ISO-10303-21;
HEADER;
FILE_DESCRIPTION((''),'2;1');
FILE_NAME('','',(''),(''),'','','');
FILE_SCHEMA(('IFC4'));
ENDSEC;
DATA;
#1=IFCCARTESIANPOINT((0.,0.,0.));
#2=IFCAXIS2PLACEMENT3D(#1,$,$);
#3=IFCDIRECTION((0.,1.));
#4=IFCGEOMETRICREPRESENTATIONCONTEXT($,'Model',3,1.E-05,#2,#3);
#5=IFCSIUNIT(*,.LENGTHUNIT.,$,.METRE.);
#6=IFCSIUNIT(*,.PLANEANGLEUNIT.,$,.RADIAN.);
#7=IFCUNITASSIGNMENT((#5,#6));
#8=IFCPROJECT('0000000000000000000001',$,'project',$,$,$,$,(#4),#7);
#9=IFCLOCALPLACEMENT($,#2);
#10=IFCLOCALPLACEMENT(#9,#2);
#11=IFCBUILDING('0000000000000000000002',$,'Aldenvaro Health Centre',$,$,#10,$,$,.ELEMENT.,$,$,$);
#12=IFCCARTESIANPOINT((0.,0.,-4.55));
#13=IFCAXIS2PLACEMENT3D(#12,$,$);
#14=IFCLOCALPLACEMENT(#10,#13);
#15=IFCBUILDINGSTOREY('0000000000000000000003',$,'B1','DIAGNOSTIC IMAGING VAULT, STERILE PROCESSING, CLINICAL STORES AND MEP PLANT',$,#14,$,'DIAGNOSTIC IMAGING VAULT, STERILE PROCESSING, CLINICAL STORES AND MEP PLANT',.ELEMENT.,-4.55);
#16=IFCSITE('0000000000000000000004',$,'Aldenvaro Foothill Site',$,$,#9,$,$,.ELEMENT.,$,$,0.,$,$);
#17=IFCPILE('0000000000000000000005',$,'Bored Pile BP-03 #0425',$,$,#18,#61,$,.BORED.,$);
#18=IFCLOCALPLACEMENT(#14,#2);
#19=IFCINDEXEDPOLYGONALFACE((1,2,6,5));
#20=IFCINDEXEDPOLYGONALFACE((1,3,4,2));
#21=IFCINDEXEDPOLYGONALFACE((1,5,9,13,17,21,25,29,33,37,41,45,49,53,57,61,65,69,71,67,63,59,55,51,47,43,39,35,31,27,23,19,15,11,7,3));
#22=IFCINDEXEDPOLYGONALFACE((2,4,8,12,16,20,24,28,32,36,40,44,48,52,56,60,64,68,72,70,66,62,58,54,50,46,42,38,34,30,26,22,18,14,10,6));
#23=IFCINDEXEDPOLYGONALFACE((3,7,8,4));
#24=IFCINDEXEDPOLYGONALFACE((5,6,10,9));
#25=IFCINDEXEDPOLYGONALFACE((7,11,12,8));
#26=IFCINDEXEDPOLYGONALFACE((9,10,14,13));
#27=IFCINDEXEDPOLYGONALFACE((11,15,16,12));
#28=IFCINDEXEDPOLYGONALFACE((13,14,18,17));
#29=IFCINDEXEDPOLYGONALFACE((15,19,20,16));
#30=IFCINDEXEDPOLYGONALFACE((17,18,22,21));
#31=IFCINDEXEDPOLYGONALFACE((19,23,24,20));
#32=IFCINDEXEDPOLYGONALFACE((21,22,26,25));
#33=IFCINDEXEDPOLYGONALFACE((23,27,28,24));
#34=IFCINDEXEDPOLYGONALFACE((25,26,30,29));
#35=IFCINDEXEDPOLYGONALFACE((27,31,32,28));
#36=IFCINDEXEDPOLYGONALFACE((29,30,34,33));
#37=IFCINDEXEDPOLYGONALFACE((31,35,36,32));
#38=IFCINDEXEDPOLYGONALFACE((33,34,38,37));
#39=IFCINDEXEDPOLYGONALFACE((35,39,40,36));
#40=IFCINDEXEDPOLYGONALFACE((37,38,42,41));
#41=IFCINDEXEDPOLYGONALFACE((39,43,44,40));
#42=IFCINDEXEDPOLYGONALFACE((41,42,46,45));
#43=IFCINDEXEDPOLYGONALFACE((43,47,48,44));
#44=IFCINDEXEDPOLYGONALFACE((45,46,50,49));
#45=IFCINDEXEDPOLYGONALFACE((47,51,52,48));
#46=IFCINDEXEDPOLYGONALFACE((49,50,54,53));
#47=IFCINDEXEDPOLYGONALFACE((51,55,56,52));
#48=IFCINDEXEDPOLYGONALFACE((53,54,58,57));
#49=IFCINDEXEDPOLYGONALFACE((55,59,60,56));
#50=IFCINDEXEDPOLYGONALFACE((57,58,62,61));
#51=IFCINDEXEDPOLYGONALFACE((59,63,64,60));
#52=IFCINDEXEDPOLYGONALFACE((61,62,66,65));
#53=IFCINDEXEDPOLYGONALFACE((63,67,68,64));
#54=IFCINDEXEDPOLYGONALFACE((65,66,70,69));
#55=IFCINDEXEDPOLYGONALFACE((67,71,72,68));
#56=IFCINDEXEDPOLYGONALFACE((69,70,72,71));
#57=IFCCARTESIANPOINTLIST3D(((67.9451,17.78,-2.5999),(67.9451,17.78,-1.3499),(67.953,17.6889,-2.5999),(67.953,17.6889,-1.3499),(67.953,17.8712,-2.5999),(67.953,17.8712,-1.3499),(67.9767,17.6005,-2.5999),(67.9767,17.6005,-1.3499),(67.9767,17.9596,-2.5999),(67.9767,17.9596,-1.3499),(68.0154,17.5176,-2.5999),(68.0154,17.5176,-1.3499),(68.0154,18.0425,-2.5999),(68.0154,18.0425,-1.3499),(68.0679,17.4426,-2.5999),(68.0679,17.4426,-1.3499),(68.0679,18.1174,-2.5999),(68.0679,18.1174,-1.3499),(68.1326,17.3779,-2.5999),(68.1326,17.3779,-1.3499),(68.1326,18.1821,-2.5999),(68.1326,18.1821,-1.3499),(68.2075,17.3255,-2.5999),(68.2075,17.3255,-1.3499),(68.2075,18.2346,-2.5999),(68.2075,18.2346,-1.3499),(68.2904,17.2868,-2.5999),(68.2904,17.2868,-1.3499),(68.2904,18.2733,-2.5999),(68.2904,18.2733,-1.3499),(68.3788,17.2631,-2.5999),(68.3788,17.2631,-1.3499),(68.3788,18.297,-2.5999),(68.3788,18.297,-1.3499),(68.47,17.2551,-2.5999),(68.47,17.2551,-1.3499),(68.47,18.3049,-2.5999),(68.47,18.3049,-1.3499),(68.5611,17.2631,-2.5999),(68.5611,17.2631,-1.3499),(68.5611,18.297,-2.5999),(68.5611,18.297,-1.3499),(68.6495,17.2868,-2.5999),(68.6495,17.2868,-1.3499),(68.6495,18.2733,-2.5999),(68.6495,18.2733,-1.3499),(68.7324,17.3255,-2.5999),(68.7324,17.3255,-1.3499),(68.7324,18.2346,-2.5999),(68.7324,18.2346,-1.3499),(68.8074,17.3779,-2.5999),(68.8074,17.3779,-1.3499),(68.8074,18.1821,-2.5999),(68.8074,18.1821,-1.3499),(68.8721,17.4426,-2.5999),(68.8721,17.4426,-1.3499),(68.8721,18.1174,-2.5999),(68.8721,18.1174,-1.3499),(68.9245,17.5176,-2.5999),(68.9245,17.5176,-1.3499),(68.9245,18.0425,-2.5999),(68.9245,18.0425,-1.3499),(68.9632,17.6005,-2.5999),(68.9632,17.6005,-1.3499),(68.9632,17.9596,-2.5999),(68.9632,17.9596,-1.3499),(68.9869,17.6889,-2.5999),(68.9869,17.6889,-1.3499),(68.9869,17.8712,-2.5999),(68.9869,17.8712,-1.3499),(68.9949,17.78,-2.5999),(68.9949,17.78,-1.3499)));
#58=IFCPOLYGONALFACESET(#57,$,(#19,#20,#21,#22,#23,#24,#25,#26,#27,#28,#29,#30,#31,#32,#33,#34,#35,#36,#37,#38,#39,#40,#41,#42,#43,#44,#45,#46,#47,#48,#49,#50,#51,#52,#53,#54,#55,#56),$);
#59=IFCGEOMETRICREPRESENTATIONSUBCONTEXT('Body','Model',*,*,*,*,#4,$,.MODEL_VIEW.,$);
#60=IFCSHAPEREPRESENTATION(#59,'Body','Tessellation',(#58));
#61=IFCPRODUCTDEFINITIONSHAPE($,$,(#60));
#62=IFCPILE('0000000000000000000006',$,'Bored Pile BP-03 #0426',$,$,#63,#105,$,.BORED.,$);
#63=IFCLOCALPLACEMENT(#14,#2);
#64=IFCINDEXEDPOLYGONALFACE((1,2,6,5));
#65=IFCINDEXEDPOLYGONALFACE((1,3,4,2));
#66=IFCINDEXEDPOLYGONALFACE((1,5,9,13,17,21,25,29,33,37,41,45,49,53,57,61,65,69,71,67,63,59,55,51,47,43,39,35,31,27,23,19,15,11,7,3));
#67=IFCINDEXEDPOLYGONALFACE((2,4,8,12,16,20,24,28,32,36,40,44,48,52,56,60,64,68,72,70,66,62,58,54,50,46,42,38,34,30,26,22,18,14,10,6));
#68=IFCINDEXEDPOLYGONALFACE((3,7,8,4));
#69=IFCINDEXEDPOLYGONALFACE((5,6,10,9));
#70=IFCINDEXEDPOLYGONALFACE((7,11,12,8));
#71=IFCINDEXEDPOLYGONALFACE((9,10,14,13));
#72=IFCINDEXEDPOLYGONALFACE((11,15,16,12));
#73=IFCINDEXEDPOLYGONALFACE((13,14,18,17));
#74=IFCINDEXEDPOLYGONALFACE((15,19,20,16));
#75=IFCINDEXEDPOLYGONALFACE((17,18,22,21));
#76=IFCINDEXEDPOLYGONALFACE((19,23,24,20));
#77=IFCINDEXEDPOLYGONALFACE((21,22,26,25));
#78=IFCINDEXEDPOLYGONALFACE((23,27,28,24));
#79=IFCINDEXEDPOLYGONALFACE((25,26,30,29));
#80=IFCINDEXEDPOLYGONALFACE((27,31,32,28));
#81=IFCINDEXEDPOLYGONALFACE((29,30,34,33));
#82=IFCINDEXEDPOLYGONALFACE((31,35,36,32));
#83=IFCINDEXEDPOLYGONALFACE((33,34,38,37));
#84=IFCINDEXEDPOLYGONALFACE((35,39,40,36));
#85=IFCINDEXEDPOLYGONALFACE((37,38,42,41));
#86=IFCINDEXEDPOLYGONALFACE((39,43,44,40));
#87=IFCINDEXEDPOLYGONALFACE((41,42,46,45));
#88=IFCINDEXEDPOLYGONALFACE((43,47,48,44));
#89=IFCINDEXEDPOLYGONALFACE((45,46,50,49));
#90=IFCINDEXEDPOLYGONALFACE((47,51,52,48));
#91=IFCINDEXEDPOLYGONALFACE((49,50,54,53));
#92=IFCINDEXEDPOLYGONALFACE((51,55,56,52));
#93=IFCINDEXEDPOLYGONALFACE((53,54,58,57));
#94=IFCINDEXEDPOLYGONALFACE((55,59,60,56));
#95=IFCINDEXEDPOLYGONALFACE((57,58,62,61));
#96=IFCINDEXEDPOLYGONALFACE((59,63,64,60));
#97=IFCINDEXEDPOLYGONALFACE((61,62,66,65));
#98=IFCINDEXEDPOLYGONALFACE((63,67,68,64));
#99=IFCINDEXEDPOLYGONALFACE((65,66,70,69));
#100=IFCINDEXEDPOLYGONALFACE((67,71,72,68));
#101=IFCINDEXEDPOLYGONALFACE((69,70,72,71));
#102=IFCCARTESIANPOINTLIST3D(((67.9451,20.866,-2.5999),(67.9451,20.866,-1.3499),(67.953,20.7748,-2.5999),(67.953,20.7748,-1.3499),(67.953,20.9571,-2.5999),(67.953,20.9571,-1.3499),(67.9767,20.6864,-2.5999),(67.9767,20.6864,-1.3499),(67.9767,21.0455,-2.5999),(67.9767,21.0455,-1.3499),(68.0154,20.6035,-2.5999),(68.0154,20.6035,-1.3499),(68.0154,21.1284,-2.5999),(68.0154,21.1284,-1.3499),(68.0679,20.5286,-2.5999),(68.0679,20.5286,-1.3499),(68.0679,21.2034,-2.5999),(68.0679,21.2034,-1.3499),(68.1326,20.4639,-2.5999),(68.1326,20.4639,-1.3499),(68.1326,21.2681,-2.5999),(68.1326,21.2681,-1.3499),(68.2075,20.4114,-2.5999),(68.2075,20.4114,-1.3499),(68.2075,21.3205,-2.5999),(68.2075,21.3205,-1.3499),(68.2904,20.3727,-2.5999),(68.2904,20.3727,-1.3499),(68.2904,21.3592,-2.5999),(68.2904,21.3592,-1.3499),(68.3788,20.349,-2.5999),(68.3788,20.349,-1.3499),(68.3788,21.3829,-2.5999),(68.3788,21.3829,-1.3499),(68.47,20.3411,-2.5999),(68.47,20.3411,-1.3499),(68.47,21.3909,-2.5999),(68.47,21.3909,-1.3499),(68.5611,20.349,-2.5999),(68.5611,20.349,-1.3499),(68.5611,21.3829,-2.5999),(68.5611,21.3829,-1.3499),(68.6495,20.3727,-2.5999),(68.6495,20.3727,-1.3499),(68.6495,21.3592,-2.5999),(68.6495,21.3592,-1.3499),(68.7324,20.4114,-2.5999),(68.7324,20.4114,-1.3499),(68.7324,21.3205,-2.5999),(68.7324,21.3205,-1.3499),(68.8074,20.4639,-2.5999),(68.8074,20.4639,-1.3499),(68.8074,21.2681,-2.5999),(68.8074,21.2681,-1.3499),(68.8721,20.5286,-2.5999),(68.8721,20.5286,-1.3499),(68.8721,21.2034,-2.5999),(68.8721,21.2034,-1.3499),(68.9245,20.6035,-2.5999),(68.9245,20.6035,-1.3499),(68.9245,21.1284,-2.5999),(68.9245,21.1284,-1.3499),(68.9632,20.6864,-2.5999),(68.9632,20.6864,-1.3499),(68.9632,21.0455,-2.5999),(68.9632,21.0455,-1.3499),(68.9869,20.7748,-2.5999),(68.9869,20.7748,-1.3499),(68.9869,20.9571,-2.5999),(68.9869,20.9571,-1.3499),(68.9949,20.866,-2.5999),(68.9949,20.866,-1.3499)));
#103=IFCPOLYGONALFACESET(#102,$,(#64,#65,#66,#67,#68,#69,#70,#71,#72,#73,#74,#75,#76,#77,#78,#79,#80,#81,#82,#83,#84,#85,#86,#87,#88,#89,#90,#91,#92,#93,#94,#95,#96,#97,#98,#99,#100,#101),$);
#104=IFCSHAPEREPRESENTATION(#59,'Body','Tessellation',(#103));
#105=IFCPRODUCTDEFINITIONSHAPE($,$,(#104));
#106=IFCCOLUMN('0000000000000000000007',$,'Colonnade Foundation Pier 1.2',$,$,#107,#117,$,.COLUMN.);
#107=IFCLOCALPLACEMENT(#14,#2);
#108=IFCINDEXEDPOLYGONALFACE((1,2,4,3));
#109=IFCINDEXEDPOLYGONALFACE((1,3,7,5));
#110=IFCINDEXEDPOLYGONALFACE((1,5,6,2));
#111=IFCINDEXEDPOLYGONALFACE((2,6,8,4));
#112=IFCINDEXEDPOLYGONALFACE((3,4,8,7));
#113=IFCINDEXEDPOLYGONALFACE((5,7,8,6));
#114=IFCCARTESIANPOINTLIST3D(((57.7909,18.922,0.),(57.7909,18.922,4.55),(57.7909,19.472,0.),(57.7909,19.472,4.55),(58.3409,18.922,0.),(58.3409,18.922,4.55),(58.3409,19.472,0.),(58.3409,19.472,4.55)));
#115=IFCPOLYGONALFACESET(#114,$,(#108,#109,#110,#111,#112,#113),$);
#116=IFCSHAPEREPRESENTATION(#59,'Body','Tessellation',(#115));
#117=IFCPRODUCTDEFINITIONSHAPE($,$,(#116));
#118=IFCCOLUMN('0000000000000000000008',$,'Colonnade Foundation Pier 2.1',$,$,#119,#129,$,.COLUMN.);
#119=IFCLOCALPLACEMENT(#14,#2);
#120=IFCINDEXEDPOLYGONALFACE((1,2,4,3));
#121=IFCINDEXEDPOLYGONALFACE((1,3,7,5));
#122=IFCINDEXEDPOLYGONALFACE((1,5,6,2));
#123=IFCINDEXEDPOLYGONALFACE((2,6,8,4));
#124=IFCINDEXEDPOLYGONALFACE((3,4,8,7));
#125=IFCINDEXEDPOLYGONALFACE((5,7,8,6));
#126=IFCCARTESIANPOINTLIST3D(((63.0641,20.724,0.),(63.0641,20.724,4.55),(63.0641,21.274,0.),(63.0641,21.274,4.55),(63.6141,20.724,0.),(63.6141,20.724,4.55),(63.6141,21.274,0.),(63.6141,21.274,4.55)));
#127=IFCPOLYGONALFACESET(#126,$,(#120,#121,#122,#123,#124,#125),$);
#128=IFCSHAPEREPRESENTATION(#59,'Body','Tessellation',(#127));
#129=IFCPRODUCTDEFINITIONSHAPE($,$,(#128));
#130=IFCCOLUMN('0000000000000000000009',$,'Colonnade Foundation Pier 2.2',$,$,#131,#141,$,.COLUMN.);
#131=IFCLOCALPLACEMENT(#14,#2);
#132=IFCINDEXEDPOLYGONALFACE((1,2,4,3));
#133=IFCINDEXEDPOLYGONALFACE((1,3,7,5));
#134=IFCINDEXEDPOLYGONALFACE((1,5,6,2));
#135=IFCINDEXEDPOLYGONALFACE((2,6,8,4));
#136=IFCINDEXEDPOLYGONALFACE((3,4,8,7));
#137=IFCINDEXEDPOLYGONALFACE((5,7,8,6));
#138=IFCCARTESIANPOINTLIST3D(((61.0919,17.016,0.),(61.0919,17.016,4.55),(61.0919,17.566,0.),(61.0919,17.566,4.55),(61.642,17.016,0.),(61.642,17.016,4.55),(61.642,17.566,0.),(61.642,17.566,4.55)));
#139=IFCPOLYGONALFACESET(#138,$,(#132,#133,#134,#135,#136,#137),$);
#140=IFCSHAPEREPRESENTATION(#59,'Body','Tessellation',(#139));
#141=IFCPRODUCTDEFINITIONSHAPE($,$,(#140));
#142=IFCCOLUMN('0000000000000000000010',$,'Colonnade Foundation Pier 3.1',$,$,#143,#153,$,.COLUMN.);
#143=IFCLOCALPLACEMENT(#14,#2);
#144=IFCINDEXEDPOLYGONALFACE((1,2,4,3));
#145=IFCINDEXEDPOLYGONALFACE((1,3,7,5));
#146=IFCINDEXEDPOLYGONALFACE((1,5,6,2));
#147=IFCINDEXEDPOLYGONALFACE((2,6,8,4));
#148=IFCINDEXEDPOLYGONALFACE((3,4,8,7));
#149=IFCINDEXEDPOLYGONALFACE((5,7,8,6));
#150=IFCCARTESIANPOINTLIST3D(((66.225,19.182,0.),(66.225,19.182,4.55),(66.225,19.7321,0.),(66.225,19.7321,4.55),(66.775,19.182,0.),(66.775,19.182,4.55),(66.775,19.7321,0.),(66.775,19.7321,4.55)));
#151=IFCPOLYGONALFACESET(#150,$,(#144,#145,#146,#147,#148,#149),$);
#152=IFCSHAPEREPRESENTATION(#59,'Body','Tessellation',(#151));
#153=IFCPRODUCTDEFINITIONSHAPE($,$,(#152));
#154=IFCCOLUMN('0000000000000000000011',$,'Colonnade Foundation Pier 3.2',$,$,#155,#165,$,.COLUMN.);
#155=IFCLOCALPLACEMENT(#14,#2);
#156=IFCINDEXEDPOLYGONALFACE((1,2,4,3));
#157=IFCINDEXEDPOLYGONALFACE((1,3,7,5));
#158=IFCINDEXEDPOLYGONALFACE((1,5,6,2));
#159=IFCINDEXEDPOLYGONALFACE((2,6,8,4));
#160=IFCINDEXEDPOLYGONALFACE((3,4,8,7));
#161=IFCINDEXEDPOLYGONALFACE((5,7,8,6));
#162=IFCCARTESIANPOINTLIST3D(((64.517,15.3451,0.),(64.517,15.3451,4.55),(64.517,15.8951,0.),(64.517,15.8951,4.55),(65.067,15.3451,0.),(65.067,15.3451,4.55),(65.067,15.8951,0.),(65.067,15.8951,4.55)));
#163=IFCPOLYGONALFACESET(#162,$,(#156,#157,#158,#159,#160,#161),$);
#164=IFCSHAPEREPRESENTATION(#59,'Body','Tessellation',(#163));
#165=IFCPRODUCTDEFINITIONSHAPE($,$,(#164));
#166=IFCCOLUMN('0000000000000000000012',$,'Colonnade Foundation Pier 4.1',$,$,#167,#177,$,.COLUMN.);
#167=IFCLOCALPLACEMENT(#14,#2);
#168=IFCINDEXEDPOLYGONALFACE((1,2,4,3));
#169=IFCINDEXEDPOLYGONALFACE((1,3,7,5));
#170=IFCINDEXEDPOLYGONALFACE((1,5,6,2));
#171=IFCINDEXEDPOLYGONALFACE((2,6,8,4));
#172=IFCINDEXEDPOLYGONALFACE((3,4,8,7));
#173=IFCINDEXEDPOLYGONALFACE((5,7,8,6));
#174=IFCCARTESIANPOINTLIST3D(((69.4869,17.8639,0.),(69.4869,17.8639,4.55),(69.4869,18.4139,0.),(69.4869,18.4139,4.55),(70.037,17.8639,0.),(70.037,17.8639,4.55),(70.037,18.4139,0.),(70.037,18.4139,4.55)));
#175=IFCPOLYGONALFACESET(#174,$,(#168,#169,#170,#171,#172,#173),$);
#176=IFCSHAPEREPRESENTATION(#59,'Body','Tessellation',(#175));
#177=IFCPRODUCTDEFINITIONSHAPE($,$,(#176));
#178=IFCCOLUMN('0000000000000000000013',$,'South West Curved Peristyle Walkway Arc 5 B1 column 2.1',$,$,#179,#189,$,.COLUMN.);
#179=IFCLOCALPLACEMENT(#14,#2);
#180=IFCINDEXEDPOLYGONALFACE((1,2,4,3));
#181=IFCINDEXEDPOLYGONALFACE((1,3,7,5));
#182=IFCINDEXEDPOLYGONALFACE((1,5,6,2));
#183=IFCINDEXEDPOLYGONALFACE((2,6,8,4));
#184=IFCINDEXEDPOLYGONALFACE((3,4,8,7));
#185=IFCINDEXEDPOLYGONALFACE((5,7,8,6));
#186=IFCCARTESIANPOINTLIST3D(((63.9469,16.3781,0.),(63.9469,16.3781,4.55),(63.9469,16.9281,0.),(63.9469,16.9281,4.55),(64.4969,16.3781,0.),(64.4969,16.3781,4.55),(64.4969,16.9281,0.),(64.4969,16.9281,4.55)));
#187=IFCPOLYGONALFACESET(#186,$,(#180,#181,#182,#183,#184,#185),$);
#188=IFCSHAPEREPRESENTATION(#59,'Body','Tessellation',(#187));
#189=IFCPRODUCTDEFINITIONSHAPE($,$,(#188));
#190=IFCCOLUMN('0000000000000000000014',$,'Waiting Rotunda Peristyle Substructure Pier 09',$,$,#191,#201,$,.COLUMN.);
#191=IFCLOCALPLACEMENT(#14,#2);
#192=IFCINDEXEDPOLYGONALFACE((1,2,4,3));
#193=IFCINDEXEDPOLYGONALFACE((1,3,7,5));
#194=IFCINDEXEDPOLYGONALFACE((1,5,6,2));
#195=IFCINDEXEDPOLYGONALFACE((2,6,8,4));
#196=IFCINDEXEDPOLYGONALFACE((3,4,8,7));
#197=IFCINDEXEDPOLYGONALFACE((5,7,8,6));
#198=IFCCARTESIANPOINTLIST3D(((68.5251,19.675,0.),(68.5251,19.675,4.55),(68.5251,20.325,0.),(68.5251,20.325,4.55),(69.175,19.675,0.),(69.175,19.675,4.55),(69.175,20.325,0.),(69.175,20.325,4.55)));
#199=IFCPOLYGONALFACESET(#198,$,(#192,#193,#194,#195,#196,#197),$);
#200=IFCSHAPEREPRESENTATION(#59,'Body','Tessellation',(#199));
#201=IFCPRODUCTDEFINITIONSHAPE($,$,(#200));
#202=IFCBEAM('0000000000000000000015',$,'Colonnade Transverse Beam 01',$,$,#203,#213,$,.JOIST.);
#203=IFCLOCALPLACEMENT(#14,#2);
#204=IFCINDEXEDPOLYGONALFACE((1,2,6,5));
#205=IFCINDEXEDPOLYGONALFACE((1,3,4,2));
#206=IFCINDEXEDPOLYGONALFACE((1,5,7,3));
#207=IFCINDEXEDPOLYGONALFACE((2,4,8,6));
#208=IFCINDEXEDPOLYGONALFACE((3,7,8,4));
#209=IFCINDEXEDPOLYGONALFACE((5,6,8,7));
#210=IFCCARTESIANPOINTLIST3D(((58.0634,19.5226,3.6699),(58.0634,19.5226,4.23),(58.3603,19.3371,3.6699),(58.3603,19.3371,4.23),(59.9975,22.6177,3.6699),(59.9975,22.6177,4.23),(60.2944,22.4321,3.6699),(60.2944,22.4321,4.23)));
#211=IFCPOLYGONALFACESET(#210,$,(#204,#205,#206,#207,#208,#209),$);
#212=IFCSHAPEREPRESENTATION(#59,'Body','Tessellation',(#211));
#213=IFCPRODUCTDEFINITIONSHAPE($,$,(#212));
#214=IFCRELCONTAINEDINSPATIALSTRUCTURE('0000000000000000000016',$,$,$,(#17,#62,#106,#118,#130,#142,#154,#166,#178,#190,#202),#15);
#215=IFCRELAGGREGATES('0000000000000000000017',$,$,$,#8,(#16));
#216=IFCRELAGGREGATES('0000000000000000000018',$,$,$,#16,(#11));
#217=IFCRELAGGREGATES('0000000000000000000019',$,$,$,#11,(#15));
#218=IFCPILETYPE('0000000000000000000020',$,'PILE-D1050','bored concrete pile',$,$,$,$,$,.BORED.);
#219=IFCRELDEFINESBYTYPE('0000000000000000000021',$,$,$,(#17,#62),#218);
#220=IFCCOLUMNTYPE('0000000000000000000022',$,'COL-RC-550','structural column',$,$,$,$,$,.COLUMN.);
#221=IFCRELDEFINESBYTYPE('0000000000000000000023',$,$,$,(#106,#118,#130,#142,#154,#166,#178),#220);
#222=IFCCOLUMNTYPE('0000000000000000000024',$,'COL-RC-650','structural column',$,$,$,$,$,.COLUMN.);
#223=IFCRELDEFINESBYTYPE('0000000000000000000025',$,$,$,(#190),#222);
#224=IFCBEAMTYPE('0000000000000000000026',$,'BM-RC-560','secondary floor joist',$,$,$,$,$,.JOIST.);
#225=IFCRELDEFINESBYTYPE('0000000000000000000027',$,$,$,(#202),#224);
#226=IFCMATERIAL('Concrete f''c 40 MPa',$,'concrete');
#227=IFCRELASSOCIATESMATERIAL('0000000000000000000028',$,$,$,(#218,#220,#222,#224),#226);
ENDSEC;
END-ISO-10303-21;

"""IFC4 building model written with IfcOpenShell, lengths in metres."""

from ifc_helpers import new_model, si_unit, direction, frame, origin, origin_2d, place, context, subcontext, project, spatial, rectangle, circle, extrude, material, material_profile, profile_set, type_object, element, save


model = new_model("IFC4")

# Units and contexts
model_context = context("Model", 3, precision=1e-05, world=origin(), true_north=direction((0.0, 1.0)))
body_context = subcontext(model_context, "Body", "Model", "MODEL_VIEW")
ifc_project = project(units=[si_unit("LENGTHUNIT", "METRE"), si_unit("PLANEANGLEUNIT", "RADIAN")], contexts=[model_context])

# Site, building, storey
site_placement = place(None, origin())
site = spatial("IfcSite", under=ifc_project, at=site_placement, Name="Aldenvaro Foothill Site", CompositionType="ELEMENT", RefElevation=0.0)
building_placement = place(site_placement, origin())
building = spatial("IfcBuilding", under=site, at=building_placement, Name="Aldenvaro Health Centre", CompositionType="ELEMENT")
storey_placement = place(building_placement, frame((0.0, 0.0, -4.55)))
storey = spatial("IfcBuildingStorey", under=building, at=storey_placement, Name="B1", Description="DIAGNOSTIC IMAGING VAULT, STERILE PROCESSING, CLINICAL STORES AND MEP PLANT", LongName="DIAGNOSTIC IMAGING VAULT, STERILE PROCESSING, CLINICAL STORES AND MEP PLANT", CompositionType="ELEMENT", Elevation=-4.55)

# Piles
ifc_material = material(Name="Concrete f'c 40 MPa", Category="concrete")
ifc_material_profile_1 = material_profile(ifc_material, circle(Radius=0.5249, at=origin_2d()), Name="PILE D1050", Category="concrete")
ifc_profile_set_1 = profile_set([ifc_material_profile_1], Name="Concrete f'c 40 MPa")
pile_type = type_object("IfcPileType", Name="PILE-D1050", Description="bored concrete pile", PredefinedType="BORED", material=ifc_profile_set_1)
for number, where, z_axis, x_axis, name in (
    (1, (68.47, 17.78, -1.3499), (0.0, 0.0, -1.0), (1.0, 0.0, 0.0), "Bored Pile BP-03 #0425"),
    (2, (68.47, 20.866, -1.3499), (0.0, 0.0, -1.0), (1.0, 0.0, 0.0), "Bored Pile BP-03 #0426"),
):
    element("IfcPile", number, at=place(storey_placement, frame(where, z_axis=z_axis, x_axis=x_axis)), inside=storey, type_object=pile_type, Name=name, PredefinedType="BORED", context=body_context, shape_type="SweptSolid", body=[
        extrude(circle(Radius=0.5249, at=origin_2d()), origin(), (0.0, 0.0, 1.0), 1.25),
    ])

# Columns
ifc_material_profile_2 = material_profile(ifc_material, rectangle(XDim=0.55, YDim=0.55, at=origin_2d()), Name="RC 550x550", Category="concrete")
ifc_profile_set_2 = profile_set([ifc_material_profile_2], Name="Concrete f'c 40 MPa")
column_type_1 = type_object("IfcColumnType", Name="COL-RC-550", Description="structural column", PredefinedType="COLUMN", material=ifc_profile_set_2)
for number, where, z_axis, x_axis, name in (
    (3, (58.0659, 19.197, 0.0), (0.0, 0.0, 1.0), (1.0, 0.0, 0.0), "Colonnade Foundation Pier 1.2"),
    (4, (63.3391, 20.999, 0.0), (0.0, 0.0, 1.0), (1.0, 0.0, 0.0), "Colonnade Foundation Pier 2.1"),
    (5, (61.3669, 17.291, 0.0), (0.0, 0.0, 1.0), (1.0, 0.0, 0.0), "Colonnade Foundation Pier 2.2"),
    (6, (66.5, 19.457, 0.0), (0.0, 0.0, 1.0), (1.0, 0.0, 0.0), "Colonnade Foundation Pier 3.1"),
    (7, (64.792, 15.6201, 0.0), (0.0, 0.0, 1.0), (1.0, 0.0, 0.0), "Colonnade Foundation Pier 3.2"),
    (8, (69.762, 18.1389, 0.0), (0.0, 0.0, 1.0), (1.0, 0.0, 0.0), "Colonnade Foundation Pier 4.1"),
    (9, (64.2219, 16.6531, 0.0), (0.0, 0.0, 1.0), (1.0, 0.0, 0.0), "South West Curved Peristyle Walkway Arc 5 B1 column 2.1"),
):
    element("IfcColumn", number, at=place(storey_placement, frame(where, z_axis=z_axis, x_axis=x_axis)), inside=storey, type_object=column_type_1, Name=name, PredefinedType="COLUMN", context=body_context, shape_type="SweptSolid", body=[
        extrude(rectangle(XDim=0.55, YDim=0.55, at=origin_2d()), origin(), (0.0, 0.0, 1.0), 4.55),
    ])
ifc_material_profile_3 = material_profile(ifc_material, rectangle(XDim=0.6499, YDim=0.6499, at=origin_2d()), Name="RC 650x650", Category="concrete")
ifc_profile_set_3 = profile_set([ifc_material_profile_3], Name="Concrete f'c 40 MPa")
column_type_2 = type_object("IfcColumnType", Name="COL-RC-650", Description="structural column", PredefinedType="COLUMN", material=ifc_profile_set_3)
column_placement = place(storey_placement, frame((68.8501, 20.0, 0.0), z_axis=(0.0, 0.0, 1.0), x_axis=(1.0, 0.0, 0.0)))
element("IfcColumn", 10, at=column_placement, inside=storey, type_object=column_type_2, Name="Waiting Rotunda Peristyle Substructure Pier 09", PredefinedType="COLUMN", context=body_context, shape_type="SweptSolid", body=[
    extrude(rectangle(XDim=0.6499, YDim=0.6499, at=origin_2d()), origin(), (0.0, 0.0, 1.0), 4.55),
])

# Beam
ifc_material_profile_4 = material_profile(ifc_material, rectangle(XDim=0.3501, YDim=0.5601, at=origin_2d()), Name="RC 350x560", Category="concrete")
ifc_profile_set_4 = profile_set([ifc_material_profile_4], Name="Concrete f'c 40 MPa")
beam_type_1 = type_object("IfcBeamType", Name="BM-RC-560", Description="secondary floor joist", PredefinedType="JOIST", material=ifc_profile_set_4)
for number, where, z_axis, x_axis, name in (
    (11, (60.146, 22.5249, 3.95), (-0.529945, -0.848032, 0.0), (0.848032, -0.529945, 0.0), "Colonnade Transverse Beam 01"),
):
    element("IfcBeam", number, at=place(storey_placement, frame(where, z_axis=z_axis, x_axis=x_axis)), inside=storey, type_object=beam_type_1, Name=name, PredefinedType="JOIST", context=body_context, shape_type="SweptSolid", body=[
        extrude(rectangle(XDim=0.3501, YDim=0.5601, at=origin_2d()), origin(), (0.0, 0.0, 1.0), 3.6497),
    ])

save(model, "model.ifc")
